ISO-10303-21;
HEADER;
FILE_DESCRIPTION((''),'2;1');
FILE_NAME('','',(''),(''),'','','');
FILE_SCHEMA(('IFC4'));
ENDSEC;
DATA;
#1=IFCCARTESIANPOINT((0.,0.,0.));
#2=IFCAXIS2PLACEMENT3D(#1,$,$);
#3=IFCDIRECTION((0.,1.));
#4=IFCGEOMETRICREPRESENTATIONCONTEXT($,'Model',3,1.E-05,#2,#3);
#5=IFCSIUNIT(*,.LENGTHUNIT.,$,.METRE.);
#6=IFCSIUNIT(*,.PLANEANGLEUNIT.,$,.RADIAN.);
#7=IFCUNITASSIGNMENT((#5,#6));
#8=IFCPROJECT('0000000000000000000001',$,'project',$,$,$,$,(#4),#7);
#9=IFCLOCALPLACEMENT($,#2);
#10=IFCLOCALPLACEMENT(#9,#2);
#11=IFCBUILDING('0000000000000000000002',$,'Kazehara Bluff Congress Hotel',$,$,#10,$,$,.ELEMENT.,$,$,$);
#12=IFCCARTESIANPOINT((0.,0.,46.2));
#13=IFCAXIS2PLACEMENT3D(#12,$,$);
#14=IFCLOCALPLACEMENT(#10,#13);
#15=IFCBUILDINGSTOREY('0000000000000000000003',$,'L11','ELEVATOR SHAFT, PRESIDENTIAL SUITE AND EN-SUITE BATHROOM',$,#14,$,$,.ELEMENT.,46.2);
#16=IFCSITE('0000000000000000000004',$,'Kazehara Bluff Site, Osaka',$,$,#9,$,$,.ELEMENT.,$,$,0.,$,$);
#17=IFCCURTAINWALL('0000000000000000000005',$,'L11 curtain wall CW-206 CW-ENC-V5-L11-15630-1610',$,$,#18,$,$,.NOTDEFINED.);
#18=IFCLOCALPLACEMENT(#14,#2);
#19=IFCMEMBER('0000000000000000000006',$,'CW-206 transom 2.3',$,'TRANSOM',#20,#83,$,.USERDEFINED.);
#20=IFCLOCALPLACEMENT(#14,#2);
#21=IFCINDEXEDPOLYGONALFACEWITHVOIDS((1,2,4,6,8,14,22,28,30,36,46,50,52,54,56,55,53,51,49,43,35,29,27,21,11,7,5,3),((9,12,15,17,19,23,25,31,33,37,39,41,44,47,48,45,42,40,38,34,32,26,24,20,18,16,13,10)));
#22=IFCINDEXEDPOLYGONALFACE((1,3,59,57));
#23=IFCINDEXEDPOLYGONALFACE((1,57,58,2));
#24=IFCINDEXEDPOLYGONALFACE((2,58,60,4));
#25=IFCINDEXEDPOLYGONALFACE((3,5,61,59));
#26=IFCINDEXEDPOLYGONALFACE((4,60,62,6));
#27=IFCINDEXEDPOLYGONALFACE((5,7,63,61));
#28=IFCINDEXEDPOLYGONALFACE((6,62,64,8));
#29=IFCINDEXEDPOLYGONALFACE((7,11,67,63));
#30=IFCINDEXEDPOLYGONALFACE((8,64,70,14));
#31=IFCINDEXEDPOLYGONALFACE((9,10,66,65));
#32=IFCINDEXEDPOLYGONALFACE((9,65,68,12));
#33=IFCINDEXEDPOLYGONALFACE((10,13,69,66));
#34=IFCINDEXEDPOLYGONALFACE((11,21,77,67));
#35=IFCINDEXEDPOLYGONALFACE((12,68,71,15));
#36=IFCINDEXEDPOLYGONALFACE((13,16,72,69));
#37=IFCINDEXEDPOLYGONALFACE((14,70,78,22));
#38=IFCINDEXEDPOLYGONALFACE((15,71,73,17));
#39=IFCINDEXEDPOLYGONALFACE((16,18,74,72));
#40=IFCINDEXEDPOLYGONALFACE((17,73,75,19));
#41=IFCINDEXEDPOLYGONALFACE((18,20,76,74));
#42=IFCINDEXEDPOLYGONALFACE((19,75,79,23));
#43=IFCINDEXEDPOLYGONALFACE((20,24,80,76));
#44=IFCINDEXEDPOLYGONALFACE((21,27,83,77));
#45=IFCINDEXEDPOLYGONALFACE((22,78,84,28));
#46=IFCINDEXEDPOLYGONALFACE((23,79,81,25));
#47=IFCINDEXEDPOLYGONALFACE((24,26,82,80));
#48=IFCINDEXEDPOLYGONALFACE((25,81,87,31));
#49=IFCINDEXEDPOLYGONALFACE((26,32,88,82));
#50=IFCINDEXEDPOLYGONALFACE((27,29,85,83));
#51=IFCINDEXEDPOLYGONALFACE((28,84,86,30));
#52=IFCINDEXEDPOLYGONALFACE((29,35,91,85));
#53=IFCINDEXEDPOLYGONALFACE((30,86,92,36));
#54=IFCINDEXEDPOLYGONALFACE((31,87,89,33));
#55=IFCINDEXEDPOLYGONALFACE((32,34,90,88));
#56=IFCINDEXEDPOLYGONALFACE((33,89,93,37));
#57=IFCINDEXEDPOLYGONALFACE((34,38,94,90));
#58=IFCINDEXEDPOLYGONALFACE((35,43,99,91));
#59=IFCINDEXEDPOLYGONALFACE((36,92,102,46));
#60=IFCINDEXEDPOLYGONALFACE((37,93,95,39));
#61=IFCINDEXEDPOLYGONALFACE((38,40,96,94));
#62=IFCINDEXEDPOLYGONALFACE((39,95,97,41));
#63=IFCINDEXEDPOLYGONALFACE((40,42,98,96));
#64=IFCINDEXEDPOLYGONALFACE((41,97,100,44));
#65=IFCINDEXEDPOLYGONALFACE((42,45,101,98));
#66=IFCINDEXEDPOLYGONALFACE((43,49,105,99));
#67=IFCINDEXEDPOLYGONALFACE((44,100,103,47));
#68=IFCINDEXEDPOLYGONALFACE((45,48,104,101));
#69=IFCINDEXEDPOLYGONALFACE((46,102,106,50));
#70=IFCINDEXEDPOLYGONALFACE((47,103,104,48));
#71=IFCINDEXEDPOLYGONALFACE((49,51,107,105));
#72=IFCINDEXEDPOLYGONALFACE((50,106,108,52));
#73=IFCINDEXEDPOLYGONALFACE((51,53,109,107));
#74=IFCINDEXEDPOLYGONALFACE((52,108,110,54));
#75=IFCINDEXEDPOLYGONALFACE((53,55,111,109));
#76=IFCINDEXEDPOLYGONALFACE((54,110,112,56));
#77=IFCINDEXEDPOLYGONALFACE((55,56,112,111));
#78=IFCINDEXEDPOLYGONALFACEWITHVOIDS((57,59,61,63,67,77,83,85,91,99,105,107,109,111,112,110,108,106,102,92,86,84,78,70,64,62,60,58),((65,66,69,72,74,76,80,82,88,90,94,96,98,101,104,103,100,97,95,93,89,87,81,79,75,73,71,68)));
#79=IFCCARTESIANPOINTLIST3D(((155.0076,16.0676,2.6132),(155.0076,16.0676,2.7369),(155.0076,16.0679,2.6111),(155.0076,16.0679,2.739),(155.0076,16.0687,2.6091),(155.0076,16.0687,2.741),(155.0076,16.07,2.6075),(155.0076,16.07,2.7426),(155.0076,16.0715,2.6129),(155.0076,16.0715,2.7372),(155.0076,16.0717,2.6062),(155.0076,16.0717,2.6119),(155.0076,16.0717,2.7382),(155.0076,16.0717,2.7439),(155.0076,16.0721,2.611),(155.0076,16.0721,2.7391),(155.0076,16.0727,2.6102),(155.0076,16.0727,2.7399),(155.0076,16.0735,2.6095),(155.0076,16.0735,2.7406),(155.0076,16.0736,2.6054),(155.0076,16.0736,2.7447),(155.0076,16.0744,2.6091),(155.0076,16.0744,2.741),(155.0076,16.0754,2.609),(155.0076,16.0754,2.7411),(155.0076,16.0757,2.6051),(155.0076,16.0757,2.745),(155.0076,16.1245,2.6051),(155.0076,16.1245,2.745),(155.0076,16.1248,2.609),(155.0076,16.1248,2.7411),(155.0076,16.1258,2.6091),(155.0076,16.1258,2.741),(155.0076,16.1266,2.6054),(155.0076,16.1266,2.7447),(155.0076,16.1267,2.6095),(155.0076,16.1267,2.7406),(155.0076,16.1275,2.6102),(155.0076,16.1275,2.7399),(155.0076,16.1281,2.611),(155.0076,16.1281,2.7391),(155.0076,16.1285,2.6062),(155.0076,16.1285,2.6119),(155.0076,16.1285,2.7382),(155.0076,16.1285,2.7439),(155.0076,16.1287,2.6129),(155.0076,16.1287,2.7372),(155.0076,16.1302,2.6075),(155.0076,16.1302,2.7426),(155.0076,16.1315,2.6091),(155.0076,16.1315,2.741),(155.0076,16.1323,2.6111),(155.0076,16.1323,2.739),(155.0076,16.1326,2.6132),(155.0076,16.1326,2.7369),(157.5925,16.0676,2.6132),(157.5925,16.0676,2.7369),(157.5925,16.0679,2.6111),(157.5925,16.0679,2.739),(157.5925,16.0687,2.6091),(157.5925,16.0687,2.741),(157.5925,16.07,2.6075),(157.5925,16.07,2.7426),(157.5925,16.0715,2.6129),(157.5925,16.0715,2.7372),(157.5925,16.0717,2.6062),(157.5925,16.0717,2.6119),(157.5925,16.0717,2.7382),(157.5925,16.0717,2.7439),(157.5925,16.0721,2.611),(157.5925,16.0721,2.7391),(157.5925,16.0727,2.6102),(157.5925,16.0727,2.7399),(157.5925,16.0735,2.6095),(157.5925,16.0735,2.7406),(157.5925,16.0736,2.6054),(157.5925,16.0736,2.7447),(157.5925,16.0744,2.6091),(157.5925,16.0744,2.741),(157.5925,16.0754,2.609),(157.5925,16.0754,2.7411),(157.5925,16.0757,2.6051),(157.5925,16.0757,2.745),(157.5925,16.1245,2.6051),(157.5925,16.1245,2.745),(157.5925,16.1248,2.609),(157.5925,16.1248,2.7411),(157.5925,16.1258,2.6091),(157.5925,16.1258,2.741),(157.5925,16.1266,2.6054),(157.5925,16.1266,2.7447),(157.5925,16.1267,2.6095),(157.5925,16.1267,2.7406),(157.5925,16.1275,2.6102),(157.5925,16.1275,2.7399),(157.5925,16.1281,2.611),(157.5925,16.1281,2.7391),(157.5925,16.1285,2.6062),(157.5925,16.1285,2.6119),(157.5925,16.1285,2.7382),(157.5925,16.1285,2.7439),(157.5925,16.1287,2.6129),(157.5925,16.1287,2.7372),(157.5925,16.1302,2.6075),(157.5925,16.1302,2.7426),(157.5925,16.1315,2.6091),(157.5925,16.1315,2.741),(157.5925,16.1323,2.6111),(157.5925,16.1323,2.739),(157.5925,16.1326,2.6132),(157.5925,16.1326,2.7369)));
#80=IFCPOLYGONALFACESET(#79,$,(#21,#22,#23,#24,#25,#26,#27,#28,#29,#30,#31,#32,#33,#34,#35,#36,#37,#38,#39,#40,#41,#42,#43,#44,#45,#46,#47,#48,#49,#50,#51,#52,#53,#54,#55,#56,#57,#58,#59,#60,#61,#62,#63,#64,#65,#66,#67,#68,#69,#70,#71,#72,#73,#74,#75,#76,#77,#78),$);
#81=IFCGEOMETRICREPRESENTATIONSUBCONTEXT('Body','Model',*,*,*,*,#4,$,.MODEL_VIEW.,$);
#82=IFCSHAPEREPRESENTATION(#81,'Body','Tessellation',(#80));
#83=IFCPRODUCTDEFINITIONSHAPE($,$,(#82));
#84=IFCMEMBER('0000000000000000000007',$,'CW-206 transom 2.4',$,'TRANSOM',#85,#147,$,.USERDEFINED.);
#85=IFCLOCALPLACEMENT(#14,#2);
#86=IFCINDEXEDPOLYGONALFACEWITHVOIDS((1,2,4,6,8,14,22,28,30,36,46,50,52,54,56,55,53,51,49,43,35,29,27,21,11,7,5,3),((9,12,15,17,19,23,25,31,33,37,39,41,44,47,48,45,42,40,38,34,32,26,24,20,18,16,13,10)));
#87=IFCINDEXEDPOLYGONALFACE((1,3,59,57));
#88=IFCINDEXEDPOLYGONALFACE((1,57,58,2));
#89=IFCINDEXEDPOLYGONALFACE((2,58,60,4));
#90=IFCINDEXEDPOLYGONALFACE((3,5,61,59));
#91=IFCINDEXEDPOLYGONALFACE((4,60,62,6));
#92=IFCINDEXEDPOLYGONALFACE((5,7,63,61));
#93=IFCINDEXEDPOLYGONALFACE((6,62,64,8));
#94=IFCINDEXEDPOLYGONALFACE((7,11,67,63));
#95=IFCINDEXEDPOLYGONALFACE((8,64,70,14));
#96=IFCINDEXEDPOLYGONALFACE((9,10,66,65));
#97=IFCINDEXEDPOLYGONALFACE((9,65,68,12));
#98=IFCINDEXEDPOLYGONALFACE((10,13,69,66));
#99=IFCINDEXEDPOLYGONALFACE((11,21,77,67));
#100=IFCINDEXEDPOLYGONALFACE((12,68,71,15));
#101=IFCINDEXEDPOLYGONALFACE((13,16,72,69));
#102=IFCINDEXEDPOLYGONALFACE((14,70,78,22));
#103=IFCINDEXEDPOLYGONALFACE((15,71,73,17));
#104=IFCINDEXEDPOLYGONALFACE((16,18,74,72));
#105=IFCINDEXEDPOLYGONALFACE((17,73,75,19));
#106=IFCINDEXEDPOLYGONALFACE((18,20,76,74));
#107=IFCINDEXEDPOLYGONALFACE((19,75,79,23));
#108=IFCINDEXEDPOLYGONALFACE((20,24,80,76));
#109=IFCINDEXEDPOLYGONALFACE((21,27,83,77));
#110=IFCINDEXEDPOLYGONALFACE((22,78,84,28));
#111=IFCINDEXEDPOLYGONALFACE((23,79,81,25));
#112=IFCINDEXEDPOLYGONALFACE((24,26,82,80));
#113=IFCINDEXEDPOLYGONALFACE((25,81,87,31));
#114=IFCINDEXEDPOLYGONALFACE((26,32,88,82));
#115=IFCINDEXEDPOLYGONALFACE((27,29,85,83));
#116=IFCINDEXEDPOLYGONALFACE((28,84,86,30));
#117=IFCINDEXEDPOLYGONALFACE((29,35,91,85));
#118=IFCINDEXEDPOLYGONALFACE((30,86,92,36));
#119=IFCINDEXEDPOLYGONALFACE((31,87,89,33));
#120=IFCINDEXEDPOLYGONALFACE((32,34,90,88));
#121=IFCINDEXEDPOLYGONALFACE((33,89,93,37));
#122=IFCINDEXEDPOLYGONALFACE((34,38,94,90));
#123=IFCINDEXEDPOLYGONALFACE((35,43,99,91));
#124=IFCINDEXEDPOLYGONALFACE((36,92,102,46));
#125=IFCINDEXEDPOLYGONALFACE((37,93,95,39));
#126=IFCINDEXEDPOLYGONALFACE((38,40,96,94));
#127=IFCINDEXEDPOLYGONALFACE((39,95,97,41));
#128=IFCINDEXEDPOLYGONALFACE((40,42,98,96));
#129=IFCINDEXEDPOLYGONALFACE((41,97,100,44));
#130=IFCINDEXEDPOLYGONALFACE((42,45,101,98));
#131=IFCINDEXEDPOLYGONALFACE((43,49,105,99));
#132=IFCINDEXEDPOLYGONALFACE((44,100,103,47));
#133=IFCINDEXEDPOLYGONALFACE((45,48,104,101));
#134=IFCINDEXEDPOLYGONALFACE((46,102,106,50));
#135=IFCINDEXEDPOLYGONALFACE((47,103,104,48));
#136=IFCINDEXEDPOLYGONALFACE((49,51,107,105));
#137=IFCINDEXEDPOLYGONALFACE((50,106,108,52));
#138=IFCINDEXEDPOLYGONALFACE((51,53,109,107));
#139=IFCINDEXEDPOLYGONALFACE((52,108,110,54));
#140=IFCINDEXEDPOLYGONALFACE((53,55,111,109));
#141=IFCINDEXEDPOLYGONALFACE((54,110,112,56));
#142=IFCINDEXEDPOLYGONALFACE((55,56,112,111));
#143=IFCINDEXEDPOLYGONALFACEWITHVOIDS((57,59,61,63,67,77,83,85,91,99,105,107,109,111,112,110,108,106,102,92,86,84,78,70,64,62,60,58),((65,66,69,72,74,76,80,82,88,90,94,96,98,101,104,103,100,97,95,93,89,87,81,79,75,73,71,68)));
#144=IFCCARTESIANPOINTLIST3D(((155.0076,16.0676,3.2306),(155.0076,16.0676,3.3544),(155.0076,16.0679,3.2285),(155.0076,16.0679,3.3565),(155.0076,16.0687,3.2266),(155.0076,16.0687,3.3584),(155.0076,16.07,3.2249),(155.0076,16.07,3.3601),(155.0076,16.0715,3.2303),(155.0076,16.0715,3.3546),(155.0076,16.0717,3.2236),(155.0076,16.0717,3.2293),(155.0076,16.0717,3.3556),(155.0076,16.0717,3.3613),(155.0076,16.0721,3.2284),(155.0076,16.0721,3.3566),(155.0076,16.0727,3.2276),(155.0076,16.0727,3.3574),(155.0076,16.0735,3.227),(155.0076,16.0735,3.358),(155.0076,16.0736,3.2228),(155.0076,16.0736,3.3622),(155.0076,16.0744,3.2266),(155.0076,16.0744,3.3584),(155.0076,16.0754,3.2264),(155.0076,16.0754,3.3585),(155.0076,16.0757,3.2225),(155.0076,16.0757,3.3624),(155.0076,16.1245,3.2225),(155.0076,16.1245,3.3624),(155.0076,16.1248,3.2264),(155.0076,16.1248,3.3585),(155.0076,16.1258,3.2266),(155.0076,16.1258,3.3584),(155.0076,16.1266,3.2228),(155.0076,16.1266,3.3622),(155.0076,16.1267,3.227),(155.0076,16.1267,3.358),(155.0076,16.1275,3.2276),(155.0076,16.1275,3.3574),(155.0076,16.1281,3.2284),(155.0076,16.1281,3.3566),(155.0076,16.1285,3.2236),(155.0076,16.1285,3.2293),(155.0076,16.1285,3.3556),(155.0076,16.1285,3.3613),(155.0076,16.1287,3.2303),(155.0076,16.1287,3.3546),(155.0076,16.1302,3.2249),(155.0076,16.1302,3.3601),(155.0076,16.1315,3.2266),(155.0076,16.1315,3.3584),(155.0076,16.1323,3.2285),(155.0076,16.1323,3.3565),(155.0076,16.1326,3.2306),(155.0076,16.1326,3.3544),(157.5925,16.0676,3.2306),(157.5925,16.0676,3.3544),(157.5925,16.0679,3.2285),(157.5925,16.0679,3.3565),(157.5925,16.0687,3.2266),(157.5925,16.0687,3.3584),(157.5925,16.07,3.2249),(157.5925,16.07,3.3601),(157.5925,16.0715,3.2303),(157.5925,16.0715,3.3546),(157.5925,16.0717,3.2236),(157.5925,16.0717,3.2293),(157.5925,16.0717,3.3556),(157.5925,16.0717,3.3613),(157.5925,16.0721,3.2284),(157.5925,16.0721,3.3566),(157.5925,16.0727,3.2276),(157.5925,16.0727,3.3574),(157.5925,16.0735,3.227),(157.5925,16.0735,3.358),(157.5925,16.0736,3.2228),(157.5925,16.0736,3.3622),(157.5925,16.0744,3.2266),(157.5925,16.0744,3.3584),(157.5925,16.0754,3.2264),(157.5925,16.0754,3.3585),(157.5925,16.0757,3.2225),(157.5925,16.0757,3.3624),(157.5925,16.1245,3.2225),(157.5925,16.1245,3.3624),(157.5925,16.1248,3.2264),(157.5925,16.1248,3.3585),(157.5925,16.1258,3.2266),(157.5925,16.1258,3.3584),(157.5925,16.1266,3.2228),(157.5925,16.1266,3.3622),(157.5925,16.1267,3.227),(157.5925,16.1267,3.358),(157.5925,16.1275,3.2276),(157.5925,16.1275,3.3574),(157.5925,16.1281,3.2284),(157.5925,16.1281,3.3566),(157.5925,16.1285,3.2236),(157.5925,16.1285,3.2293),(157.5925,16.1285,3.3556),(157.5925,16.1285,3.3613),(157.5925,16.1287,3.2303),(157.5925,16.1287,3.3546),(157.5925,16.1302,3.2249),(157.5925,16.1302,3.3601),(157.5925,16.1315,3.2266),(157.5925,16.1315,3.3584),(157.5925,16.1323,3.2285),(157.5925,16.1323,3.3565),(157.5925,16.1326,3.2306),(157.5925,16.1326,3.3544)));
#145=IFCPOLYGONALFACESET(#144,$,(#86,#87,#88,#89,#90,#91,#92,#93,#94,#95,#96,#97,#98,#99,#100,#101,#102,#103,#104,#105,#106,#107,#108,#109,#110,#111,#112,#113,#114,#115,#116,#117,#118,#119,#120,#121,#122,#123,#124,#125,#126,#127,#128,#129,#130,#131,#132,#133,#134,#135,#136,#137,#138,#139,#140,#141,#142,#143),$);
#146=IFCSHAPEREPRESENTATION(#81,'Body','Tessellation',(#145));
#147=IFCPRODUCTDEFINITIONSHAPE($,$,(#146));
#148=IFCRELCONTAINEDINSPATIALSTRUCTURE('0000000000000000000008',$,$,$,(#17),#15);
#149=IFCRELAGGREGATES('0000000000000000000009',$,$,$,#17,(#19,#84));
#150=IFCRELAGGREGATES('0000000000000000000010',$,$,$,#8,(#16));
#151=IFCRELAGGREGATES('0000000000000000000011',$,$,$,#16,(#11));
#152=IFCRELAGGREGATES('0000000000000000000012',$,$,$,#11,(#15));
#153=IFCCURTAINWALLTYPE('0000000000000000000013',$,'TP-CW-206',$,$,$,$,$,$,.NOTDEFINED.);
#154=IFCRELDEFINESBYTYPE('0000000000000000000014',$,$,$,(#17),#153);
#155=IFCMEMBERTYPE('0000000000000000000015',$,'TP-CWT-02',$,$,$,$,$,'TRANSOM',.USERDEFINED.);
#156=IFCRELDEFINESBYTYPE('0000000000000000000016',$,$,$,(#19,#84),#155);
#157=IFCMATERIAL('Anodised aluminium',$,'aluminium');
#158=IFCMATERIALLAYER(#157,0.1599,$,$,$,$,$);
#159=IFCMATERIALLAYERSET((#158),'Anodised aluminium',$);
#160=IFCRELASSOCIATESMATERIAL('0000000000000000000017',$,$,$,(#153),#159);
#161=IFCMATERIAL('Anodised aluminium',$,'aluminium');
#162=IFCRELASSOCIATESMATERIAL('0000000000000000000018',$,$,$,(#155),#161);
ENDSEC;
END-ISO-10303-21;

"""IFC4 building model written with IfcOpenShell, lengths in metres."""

from ifc_helpers import new_model, si_unit, direction, frame, origin, origin_2d, place, context, subcontext, project, spatial, hollow_rectangle, extrude, material, layer, layer_set, material_profile, profile_set, type_object, element, aggregate, save


model = new_model("IFC4")

# Units and contexts
model_context = context("Model", 3, precision=1e-05, world=origin(), true_north=direction((0.0, 1.0)))
body_context = subcontext(model_context, "Body", "Model", "MODEL_VIEW")
ifc_project = project(units=[si_unit("LENGTHUNIT", "METRE"), si_unit("PLANEANGLEUNIT", "RADIAN")], contexts=[model_context])

# Site, building, storey
site_placement = place(None, origin())
site = spatial("IfcSite", under=ifc_project, at=site_placement, Name="Kazehara Bluff Site, Osaka", CompositionType="ELEMENT", RefElevation=0.0)
building_placement = place(site_placement, origin())
building = spatial("IfcBuilding", under=site, at=building_placement, Name="Kazehara Bluff Congress Hotel", CompositionType="ELEMENT")
storey_placement = place(building_placement, frame((0.0, 0.0, 46.2)))
storey = spatial("IfcBuildingStorey", under=building, at=storey_placement, Name="L11", Description="ELEVATOR SHAFT, PRESIDENTIAL SUITE AND EN-SUITE BATHROOM", CompositionType="ELEMENT", Elevation=46.2)

# Curtain wall
ifc_material_1 = material(Name="Anodised aluminium", Category="aluminium")
ifc_layer_1 = layer(ifc_material_1, 0.1599)
ifc_layer_set_1 = layer_set([ifc_layer_1], Name="Anodised aluminium")
curtain_wall_type_1 = type_object("IfcCurtainWallType", Name="TP-CW-206", PredefinedType="NOTDEFINED", material=ifc_layer_set_1)
curtain_wall_1_placement = place(storey_placement, origin())
curtain_wall_1 = element("IfcCurtainWall", 1, at=curtain_wall_1_placement, inside=storey, type_object=curtain_wall_type_1, Name="L11 curtain wall CW-206 CW-ENC-V5-L11-15630-1610", PredefinedType="NOTDEFINED")

# Members
ifc_material_2 = material(Name="Anodised aluminium", Category="aluminium")
ifc_material_profile_1 = material_profile(ifc_material_2, hollow_rectangle(XDim=0.0649, YDim=0.1399, WallThickness=0.0039, InnerFilletRadius=0.0039, OuterFilletRadius=0.0081, at=origin_2d()))
ifc_profile_set_1 = profile_set([ifc_material_profile_1], Name="Anodised aluminium")
member_type_1 = type_object("IfcMemberType", Name="TP-CWT-02", ElementType="TRANSOM", PredefinedType="USERDEFINED", material=ifc_profile_set_1)
member_1_placement = place(storey_placement, frame((157.5925, 16.1001, 2.675), z_axis=(-1.0, 0.0, 0.0), x_axis=(0.0, -1.0, 0.0)))
member_1 = element("IfcMember", 2, at=member_1_placement, type_object=member_type_1, Name="CW-206 transom 2.3", ObjectType="TRANSOM", PredefinedType="USERDEFINED", context=body_context, shape_type="SweptSolid", body=[
    extrude(hollow_rectangle(XDim=0.0649, YDim=0.1399, WallThickness=0.0039, InnerFilletRadius=0.0039, OuterFilletRadius=0.0081, at=origin_2d()), origin(), (0.0, 0.0, 1.0), 2.585),
])
member_2_placement = place(storey_placement, frame((157.5925, 16.1001, 3.2925), z_axis=(-1.0, 0.0, 0.0), x_axis=(0.0, -1.0, 0.0)))
member_2 = element("IfcMember", 3, at=member_2_placement, type_object=member_type_1, Name="CW-206 transom 2.4", ObjectType="TRANSOM", PredefinedType="USERDEFINED", context=body_context, shape_type="SweptSolid", body=[
    extrude(hollow_rectangle(XDim=0.0649, YDim=0.1399, WallThickness=0.0039, InnerFilletRadius=0.0039, OuterFilletRadius=0.0081, at=origin_2d()), origin(), (0.0, 0.0, 1.0), 2.585),
])

aggregate(curtain_wall_1, [member_1, member_2])

save(model, "model.ifc")
